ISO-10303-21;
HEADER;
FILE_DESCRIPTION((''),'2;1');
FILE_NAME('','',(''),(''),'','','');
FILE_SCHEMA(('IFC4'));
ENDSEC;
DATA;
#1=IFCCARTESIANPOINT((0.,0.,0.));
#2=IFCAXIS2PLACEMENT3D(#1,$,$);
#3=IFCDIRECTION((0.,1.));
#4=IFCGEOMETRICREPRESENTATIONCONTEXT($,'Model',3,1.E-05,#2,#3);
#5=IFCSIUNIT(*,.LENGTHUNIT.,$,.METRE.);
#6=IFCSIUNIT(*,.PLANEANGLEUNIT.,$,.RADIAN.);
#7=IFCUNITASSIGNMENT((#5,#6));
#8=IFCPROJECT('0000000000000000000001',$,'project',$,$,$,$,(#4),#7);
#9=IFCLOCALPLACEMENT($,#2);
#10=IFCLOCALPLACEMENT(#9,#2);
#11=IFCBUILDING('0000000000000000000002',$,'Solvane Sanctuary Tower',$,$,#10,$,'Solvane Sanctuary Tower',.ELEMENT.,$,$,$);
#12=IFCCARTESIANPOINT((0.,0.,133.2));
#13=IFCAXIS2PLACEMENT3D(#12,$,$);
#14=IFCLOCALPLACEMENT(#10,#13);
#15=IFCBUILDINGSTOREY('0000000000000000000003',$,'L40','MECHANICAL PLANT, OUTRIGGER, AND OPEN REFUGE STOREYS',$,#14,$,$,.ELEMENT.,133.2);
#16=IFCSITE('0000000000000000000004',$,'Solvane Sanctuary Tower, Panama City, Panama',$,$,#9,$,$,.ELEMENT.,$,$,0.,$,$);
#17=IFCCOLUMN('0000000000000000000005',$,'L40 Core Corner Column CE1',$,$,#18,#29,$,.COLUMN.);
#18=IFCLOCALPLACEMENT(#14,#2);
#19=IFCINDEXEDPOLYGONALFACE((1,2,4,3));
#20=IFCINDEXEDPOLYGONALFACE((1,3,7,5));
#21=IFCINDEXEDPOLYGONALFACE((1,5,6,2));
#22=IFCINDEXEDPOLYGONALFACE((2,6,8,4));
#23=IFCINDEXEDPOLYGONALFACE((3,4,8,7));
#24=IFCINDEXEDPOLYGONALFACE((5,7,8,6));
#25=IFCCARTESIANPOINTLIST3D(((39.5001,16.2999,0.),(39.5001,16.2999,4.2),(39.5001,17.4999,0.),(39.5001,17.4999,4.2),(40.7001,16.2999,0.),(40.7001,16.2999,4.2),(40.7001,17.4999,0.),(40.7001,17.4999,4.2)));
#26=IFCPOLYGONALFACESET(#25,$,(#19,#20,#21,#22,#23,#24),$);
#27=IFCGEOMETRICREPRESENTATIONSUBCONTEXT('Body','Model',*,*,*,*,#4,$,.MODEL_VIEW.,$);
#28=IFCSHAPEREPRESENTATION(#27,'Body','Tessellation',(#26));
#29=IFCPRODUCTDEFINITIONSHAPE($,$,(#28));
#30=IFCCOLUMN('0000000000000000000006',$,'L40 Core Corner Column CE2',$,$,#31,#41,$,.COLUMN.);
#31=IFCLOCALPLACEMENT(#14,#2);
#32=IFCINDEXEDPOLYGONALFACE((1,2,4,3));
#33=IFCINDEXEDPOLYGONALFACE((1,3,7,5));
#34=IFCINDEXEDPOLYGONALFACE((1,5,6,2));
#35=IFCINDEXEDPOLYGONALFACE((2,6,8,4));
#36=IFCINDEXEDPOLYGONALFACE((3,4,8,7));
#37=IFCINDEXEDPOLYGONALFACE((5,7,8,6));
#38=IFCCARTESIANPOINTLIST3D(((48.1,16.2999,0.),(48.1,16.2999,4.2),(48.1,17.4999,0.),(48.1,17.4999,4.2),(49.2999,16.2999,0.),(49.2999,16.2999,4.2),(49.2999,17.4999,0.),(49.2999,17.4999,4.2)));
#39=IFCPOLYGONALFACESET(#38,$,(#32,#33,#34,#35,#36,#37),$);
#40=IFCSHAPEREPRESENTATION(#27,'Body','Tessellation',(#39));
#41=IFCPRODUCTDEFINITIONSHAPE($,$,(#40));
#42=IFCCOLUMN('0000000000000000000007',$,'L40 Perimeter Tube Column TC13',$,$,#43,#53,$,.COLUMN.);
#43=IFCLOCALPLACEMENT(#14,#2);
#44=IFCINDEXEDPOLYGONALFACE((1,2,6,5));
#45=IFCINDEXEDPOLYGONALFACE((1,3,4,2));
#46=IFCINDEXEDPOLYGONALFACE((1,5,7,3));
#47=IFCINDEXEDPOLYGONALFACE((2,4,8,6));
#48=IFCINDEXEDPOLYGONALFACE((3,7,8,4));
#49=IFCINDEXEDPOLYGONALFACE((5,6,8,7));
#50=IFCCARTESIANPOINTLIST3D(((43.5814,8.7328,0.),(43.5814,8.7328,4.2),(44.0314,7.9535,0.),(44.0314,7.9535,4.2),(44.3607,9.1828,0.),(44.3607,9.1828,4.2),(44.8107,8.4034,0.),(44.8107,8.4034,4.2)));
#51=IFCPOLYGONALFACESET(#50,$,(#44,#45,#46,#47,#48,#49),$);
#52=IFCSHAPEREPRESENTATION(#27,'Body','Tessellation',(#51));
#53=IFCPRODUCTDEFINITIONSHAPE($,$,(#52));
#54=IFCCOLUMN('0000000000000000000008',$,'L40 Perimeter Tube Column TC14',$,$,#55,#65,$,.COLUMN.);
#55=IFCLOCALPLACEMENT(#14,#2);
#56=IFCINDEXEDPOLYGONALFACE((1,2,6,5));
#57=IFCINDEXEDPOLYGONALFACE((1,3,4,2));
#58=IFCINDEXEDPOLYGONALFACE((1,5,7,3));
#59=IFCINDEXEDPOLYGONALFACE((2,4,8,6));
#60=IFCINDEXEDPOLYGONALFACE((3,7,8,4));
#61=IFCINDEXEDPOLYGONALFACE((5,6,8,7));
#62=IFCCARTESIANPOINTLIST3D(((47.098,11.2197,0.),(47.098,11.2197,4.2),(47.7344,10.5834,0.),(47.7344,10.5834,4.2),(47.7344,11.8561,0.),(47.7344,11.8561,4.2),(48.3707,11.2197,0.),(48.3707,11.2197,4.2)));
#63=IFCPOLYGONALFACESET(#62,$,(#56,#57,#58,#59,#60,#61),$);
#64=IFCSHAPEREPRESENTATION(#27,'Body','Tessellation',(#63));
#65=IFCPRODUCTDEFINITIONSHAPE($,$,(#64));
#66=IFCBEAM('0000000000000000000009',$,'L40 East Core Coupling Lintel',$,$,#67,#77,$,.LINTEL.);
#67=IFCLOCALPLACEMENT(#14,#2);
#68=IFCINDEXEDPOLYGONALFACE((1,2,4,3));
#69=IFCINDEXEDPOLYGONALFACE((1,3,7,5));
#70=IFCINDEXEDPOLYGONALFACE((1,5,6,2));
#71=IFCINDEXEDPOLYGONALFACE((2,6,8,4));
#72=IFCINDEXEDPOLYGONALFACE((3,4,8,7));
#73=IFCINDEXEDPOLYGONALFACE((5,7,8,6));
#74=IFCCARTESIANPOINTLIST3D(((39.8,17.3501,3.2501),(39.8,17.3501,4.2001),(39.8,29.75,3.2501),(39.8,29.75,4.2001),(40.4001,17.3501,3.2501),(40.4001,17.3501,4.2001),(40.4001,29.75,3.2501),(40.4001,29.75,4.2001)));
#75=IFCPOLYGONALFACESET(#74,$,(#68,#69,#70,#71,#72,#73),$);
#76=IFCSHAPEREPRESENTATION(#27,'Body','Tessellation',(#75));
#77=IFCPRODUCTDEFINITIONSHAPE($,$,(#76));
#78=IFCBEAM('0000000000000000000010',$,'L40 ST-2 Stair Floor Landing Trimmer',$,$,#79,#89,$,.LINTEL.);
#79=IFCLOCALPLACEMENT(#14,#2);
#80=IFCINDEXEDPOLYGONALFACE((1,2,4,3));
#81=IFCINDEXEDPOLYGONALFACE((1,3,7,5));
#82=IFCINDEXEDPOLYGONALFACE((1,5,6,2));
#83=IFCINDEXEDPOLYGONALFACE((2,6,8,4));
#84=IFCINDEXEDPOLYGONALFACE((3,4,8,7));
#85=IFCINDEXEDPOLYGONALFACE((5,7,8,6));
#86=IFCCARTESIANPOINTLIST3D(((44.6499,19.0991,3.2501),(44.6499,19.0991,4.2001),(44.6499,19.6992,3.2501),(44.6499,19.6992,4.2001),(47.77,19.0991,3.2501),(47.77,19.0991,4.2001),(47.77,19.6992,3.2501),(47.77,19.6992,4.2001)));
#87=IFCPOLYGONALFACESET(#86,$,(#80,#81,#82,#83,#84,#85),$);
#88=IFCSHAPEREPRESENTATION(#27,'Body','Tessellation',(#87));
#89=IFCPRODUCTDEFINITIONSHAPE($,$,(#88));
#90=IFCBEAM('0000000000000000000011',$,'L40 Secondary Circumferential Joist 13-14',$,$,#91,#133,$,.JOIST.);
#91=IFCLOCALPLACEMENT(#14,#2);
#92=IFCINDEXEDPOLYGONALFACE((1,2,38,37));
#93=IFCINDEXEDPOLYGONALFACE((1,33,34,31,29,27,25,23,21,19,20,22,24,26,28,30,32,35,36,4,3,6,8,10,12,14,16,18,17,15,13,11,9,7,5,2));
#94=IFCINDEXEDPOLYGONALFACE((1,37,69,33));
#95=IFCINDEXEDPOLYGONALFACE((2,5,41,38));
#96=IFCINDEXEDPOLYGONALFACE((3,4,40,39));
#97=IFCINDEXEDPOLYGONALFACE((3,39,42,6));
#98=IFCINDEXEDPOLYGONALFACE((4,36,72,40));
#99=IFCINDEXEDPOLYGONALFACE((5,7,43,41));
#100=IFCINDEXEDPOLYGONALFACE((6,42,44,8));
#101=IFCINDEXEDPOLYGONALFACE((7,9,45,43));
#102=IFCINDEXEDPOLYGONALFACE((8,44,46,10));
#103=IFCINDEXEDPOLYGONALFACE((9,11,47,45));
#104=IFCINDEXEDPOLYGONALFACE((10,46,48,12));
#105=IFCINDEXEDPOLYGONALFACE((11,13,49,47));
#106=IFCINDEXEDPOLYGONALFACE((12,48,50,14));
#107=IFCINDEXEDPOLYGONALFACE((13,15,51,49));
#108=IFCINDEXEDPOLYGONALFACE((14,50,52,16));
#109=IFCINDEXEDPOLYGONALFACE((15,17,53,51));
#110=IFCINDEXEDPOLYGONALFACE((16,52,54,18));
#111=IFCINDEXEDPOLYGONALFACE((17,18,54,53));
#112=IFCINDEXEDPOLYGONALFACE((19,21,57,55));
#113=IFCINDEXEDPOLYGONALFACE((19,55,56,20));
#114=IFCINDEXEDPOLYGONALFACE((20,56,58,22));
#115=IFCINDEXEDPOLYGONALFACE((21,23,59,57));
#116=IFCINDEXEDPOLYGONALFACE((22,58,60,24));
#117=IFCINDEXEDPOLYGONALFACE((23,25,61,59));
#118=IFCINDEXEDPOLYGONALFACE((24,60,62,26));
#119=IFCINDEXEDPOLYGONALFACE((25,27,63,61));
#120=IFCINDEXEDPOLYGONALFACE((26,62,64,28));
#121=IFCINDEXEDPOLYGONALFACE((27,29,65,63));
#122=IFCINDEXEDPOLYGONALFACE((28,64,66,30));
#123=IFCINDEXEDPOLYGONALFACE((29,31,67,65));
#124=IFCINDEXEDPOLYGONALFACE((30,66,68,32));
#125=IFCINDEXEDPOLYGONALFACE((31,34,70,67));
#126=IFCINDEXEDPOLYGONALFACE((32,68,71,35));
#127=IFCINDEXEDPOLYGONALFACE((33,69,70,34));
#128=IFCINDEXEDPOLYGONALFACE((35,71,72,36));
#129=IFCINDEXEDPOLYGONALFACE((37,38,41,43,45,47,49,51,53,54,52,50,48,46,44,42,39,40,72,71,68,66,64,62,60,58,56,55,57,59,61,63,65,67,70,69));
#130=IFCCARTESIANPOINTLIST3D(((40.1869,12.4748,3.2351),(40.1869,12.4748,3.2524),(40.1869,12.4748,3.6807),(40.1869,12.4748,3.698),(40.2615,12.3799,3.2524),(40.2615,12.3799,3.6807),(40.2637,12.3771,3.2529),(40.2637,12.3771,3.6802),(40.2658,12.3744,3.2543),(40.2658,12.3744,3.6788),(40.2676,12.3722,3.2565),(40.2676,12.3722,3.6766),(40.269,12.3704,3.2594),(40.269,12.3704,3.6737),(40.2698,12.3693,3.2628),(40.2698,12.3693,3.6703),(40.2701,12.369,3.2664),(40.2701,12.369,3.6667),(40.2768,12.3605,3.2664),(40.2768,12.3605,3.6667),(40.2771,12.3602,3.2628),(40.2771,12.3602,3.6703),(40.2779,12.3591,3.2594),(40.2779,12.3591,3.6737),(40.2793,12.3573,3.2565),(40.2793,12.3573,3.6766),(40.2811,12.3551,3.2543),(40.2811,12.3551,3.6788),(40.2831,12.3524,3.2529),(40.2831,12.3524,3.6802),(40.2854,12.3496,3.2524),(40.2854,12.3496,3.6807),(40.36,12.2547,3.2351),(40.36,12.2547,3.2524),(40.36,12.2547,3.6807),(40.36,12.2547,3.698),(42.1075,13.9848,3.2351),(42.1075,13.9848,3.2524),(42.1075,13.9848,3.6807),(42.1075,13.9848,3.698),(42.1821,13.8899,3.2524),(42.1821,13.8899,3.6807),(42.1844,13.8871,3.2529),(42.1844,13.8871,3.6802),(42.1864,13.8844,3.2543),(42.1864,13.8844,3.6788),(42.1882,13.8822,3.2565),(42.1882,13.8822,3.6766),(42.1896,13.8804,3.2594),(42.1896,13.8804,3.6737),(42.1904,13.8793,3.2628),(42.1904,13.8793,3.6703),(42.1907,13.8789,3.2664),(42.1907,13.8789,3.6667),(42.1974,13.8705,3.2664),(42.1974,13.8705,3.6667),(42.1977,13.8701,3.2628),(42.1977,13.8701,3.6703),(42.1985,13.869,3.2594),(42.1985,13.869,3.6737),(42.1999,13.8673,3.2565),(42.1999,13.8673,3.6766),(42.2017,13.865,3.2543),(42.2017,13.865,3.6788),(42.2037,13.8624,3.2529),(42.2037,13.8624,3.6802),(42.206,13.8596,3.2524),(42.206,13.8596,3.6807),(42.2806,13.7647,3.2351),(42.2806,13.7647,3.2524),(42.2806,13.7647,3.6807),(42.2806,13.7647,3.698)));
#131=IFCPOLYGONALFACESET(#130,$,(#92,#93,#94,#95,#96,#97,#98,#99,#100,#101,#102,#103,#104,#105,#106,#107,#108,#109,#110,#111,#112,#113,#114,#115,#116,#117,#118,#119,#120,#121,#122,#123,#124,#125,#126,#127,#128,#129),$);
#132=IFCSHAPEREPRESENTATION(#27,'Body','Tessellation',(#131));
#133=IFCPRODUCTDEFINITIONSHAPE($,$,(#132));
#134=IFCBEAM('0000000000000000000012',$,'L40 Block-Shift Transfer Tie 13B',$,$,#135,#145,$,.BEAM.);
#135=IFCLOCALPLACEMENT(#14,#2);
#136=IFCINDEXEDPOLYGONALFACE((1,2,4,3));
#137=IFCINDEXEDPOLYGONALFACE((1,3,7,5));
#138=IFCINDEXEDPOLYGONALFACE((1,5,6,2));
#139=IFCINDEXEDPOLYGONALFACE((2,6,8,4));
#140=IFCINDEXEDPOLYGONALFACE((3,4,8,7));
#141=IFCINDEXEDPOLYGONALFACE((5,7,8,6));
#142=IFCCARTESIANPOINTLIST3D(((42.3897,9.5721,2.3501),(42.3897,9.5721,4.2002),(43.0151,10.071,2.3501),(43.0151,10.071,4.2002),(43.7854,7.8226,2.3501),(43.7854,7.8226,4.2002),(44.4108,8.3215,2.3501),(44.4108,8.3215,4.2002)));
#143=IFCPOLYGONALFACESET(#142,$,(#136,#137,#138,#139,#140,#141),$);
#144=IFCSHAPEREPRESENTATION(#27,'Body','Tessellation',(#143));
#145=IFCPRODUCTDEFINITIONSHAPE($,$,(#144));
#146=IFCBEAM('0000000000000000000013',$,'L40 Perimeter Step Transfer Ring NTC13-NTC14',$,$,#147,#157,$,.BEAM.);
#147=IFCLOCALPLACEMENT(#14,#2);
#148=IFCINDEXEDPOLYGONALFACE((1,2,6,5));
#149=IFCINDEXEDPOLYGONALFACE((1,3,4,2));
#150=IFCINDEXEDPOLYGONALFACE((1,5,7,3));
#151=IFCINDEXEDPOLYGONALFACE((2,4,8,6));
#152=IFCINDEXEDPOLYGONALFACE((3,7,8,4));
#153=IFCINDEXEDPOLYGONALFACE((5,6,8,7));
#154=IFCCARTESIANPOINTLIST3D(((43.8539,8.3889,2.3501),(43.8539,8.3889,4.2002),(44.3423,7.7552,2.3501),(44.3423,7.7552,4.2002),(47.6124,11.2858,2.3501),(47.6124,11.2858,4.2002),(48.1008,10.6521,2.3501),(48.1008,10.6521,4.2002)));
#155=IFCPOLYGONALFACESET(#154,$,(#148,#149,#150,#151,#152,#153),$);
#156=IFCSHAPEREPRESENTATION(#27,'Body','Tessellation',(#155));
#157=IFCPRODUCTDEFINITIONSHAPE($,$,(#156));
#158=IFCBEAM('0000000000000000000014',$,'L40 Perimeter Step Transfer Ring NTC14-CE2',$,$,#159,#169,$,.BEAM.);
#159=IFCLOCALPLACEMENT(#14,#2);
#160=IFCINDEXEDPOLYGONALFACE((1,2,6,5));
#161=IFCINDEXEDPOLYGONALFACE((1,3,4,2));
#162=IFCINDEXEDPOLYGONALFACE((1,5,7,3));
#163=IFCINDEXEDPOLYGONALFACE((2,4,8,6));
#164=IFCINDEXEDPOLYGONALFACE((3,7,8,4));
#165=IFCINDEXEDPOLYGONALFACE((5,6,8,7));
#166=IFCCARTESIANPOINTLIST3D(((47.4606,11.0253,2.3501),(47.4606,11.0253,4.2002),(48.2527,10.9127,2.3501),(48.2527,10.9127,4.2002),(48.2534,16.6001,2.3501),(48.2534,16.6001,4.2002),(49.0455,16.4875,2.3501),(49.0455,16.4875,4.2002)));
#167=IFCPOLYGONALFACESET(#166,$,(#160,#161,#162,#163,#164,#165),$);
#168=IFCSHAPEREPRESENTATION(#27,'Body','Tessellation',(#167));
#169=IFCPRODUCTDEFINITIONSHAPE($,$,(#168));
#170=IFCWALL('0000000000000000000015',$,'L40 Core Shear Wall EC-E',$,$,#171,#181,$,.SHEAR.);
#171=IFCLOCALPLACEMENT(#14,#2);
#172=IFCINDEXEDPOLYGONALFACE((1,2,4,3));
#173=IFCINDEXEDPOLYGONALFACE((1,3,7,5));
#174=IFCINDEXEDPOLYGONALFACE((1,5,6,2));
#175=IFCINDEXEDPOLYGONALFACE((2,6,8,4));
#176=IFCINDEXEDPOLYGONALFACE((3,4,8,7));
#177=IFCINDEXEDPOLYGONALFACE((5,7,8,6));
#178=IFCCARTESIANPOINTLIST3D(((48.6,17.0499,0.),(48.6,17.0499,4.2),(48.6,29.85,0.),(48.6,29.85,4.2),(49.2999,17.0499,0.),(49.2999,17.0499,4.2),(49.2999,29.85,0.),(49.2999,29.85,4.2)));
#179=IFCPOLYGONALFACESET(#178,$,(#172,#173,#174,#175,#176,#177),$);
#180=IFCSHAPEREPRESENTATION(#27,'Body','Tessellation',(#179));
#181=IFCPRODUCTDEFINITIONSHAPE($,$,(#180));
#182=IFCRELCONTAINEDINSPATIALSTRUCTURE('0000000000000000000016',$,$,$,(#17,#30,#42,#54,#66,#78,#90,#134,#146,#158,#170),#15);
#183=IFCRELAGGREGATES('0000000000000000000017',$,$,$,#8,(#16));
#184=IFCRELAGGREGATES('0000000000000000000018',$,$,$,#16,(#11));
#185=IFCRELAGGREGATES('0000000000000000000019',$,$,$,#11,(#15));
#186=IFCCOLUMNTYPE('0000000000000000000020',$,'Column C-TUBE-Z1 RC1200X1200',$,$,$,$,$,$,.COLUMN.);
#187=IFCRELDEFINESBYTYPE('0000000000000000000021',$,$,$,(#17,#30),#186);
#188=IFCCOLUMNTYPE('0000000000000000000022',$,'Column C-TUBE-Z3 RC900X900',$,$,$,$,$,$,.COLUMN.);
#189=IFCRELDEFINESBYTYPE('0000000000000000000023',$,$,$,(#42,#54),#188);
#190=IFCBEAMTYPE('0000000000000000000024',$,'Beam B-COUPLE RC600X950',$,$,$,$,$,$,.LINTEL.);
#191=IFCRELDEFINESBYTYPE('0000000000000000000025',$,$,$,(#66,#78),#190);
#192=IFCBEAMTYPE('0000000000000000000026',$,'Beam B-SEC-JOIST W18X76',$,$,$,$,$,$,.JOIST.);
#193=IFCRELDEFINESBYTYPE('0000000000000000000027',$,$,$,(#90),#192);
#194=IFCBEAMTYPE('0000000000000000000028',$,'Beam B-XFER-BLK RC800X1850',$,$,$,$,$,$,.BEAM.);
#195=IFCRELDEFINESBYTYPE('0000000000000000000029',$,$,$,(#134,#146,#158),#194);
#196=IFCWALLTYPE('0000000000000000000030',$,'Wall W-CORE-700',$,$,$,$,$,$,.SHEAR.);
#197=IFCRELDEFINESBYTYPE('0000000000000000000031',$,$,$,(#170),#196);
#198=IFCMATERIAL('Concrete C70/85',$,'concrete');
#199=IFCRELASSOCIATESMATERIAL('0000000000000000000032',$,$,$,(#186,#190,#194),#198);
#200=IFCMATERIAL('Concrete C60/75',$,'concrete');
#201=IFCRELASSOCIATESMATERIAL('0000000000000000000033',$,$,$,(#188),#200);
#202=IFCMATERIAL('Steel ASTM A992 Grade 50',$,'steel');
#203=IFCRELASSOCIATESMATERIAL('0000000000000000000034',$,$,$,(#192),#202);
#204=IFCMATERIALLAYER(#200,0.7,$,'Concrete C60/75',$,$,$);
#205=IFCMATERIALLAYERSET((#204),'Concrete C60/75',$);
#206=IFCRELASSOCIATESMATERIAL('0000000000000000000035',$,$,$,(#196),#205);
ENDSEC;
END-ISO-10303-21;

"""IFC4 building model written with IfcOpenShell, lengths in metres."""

from ifc_helpers import new_model, si_unit, direction, frame, frame_2d, origin, origin_2d, place, context, subcontext, project, spatial, rectangle, i_section, extrude, material, layer, layer_set, material_profile, profile_set, type_object, element, save


model = new_model("IFC4")

# Units and contexts
model_context = context("Model", 3, precision=1e-05, world=origin(), true_north=direction((0.0, 1.0)))
body_context = subcontext(model_context, "Body", "Model", "MODEL_VIEW")
ifc_project = project(units=[si_unit("LENGTHUNIT", "METRE"), si_unit("PLANEANGLEUNIT", "RADIAN")], contexts=[model_context])

# Site, building, storey
site_placement = place(None, origin())
site = spatial("IfcSite", under=ifc_project, at=site_placement, Name="Solvane Sanctuary Tower, Panama City, Panama", CompositionType="ELEMENT", RefElevation=0.0)
building_placement = place(site_placement, origin())
building = spatial("IfcBuilding", under=site, at=building_placement, Name="Solvane Sanctuary Tower", LongName="Solvane Sanctuary Tower", CompositionType="ELEMENT")
storey_placement = place(building_placement, frame((0.0, 0.0, 133.2)))
storey = spatial("IfcBuildingStorey", under=building, at=storey_placement, Name="L40", Description="MECHANICAL PLANT, OUTRIGGER, AND OPEN REFUGE STOREYS", CompositionType="ELEMENT", Elevation=133.2)

# Columns
ifc_material_1 = material(Name="Concrete C70/85", Category="concrete")
ifc_material_profile_1 = material_profile(ifc_material_1, rectangle(XDim=1.2, YDim=1.2, at=origin_2d()), Name="RC1200X1200")
ifc_profile_set_1 = profile_set([ifc_material_profile_1], Name="Concrete C70/85")
column_type_1 = type_object("IfcColumnType", Name="Column C-TUBE-Z1 RC1200X1200", PredefinedType="COLUMN", material=ifc_profile_set_1)
for number, where, z_axis, x_axis, name in (
    (1, (40.1001, 16.8999, 0.0), (0.0, 0.0, 1.0), (1.0, 0.0, 0.0), "L40 Core Corner Column CE1"),
    (2, (48.7, 16.8999, 0.0), (0.0, 0.0, 1.0), (1.0, 0.0, 0.0), "L40 Core Corner Column CE2"),
):
    element("IfcColumn", number, at=place(storey_placement, frame(where, z_axis=z_axis, x_axis=x_axis)), inside=storey, type_object=column_type_1, Name=name, PredefinedType="COLUMN", context=body_context, shape_type="SweptSolid", body=[
        extrude(rectangle(XDim=1.2, YDim=1.2, at=origin_2d()), origin(), (0.0, 0.0, 1.0), 4.2),
    ])
ifc_material_2 = material(Name="Concrete C60/75", Category="concrete")
ifc_material_profile_2 = material_profile(ifc_material_2, rectangle(XDim=0.8999, YDim=0.8999, at=origin_2d()), Name="RC900X900")
ifc_profile_set_2 = profile_set([ifc_material_profile_2], Name="Concrete C60/75")
column_type_2 = type_object("IfcColumnType", Name="Column C-TUBE-Z3 RC900X900", PredefinedType="COLUMN", material=ifc_profile_set_2)
for number, where, z_axis, x_axis, name in (
    (3, (44.196, 8.5681, 0.0), (0.0, 0.0, 1.0), (0.5, -0.866025, 0.0), "L40 Perimeter Tube Column TC13"),
    (4, (47.7344, 11.2197, 0.0), (0.0, 0.0, 1.0), (0.707107, -0.707107, 0.0), "L40 Perimeter Tube Column TC14"),
):
    element("IfcColumn", number, at=place(storey_placement, frame(where, z_axis=z_axis, x_axis=x_axis)), inside=storey, type_object=column_type_2, Name=name, PredefinedType="COLUMN", context=body_context, shape_type="SweptSolid", body=[
        extrude(rectangle(XDim=0.8999, YDim=0.8999, at=origin_2d()), origin(), (0.0, 0.0, 1.0), 4.2),
    ])

# Beams
ifc_material_profile_3 = material_profile(ifc_material_1, rectangle(XDim=0.6001, YDim=0.95, at=origin_2d()), Name="RC600X950")
ifc_profile_set_3 = profile_set([ifc_material_profile_3], Name="Concrete C70/85")
beam_type_1 = type_object("IfcBeamType", Name="Beam B-COUPLE RC600X950", PredefinedType="LINTEL", material=ifc_profile_set_3)
beam_1_placement = place(storey_placement, frame((40.1001, 17.3501, 3.7251), z_axis=(0.0, 1.0, 0.0), x_axis=(-1.0, 0.0, 0.0)))
element("IfcBeam", 5, at=beam_1_placement, inside=storey, type_object=beam_type_1, Name="L40 East Core Coupling Lintel", PredefinedType="LINTEL", context=body_context, shape_type="SweptSolid", body=[
    extrude(rectangle(XDim=0.6001, YDim=0.95, at=origin_2d()), origin(), (0.0, 0.0, 1.0), 12.3999),
])
beam_2_placement = place(storey_placement, frame((44.6499, 19.3992, 3.7251), z_axis=(1.0, 0.0, 0.0), x_axis=(0.0, 1.0, 0.0)))
element("IfcBeam", 6, at=beam_2_placement, inside=storey, type_object=beam_type_1, Name="L40 ST-2 Stair Floor Landing Trimmer", PredefinedType="LINTEL", context=body_context, shape_type="SweptSolid", body=[
    extrude(rectangle(XDim=0.6001, YDim=0.95, at=origin_2d()), origin(), (0.0, 0.0, 1.0), 3.1201),
])
ifc_material_3 = material(Name="Steel ASTM A992 Grade 50", Category="steel")
ifc_material_profile_4 = material_profile(ifc_material_3, i_section(OverallWidth=0.28, OverallDepth=0.4629, WebThickness=0.0107, FlangeThickness=0.0173, FilletRadius=0.0139, at=origin_2d()), Name="W18X76")
ifc_profile_set_4 = profile_set([ifc_material_profile_4], Name="Steel ASTM A992 Grade 50")
beam_type_2 = type_object("IfcBeamType", Name="Beam B-SEC-JOIST W18X76", PredefinedType="JOIST", material=ifc_profile_set_4)
beam_3_placement = place(storey_placement, frame((40.2734, 12.3647, 3.4666), z_axis=(0.786135, 0.618055, 0.0), x_axis=(-0.618055, 0.786135, 0.0)))
element("IfcBeam", 7, at=beam_3_placement, inside=storey, type_object=beam_type_2, Name="L40 Secondary Circumferential Joist 13-14", PredefinedType="JOIST", context=body_context, shape_type="SweptSolid", body=[
    extrude(i_section(OverallWidth=0.28, OverallDepth=0.4629, WebThickness=0.0107, FlangeThickness=0.0173, FilletRadius=0.0139, at=origin_2d()), origin(), (0.0, 0.0, 1.0), 2.4431),
])
ifc_material_profile_5 = material_profile(ifc_material_1, rectangle(XDim=0.8, YDim=1.8501, at=origin_2d()), Name="RC800X1850")
ifc_profile_set_5 = profile_set([ifc_material_profile_5], Name="Concrete C70/85")
beam_type_3 = type_object("IfcBeamType", Name="Beam B-XFER-BLK RC800X1850", PredefinedType="BEAM", material=ifc_profile_set_5)
beam_4_placement = place(storey_placement, frame((42.7024, 9.8215, 3.2751), z_axis=(0.623644, -0.781709, 0.0), x_axis=(0.781709, 0.623644, 0.0)))
element("IfcBeam", 8, at=beam_4_placement, inside=storey, type_object=beam_type_3, Name="L40 Block-Shift Transfer Tie 13B", PredefinedType="BEAM", context=body_context, shape_type="SweptSolid", body=[
    extrude(rectangle(XDim=0.8, YDim=1.8501, at=origin_2d()), origin(), (0.0, 0.0, 1.0), 2.238),
])
beam_5_placement = place(storey_placement, frame((44.0981, 8.072, 3.2751), z_axis=(0.792035, 0.610476, 0.0), x_axis=(-0.610476, 0.792035, 0.0)))
element("IfcBeam", 9, at=beam_5_placement, inside=storey, type_object=beam_type_3, Name="L40 Perimeter Step Transfer Ring NTC13-NTC14", PredefinedType="BEAM", context=body_context, shape_type="SweptSolid", body=[
    extrude(rectangle(XDim=0.8, YDim=1.8501, at=origin_2d()), origin(), (0.0, 0.0, 1.0), 4.7454),
])
beam_6_placement = place(storey_placement, frame((47.8567, 10.969, 3.2751), z_axis=(0.140784, 0.99004, 0.0), x_axis=(-0.99004, 0.140784, 0.0)))
element("IfcBeam", 10, at=beam_6_placement, inside=storey, type_object=beam_type_3, Name="L40 Perimeter Step Transfer Ring NTC14-CE2", PredefinedType="BEAM", context=body_context, shape_type="SweptSolid", body=[
    extrude(rectangle(XDim=0.8, YDim=1.8501, at=origin_2d()), origin(), (0.0, 0.0, 1.0), 5.6309),
])

# Wall
ifc_layer_1 = layer(ifc_material_2, 0.7, Name="Concrete C60/75")
ifc_layer_set_1 = layer_set([ifc_layer_1], Name="Concrete C60/75")
wall_type_1 = type_object("IfcWallType", Name="Wall W-CORE-700", PredefinedType="SHEAR", material=ifc_layer_set_1)
wall_1_placement = place(storey_placement, frame((48.95, 17.05, 0.0), z_axis=(0.0, 0.0, 1.0), x_axis=(0.0, 1.0, 0.0)))
element("IfcWall", 11, at=wall_1_placement, inside=storey, type_object=wall_type_1, Name="L40 Core Shear Wall EC-E", PredefinedType="SHEAR", context=body_context, shape_type="SweptSolid", body=[
    extrude(rectangle(XDim=12.8, YDim=0.7, at=frame_2d((6.3999, 0.0))), origin(), (0.0, 0.0, 1.0), 4.2),
])

save(model, "model.ifc")
